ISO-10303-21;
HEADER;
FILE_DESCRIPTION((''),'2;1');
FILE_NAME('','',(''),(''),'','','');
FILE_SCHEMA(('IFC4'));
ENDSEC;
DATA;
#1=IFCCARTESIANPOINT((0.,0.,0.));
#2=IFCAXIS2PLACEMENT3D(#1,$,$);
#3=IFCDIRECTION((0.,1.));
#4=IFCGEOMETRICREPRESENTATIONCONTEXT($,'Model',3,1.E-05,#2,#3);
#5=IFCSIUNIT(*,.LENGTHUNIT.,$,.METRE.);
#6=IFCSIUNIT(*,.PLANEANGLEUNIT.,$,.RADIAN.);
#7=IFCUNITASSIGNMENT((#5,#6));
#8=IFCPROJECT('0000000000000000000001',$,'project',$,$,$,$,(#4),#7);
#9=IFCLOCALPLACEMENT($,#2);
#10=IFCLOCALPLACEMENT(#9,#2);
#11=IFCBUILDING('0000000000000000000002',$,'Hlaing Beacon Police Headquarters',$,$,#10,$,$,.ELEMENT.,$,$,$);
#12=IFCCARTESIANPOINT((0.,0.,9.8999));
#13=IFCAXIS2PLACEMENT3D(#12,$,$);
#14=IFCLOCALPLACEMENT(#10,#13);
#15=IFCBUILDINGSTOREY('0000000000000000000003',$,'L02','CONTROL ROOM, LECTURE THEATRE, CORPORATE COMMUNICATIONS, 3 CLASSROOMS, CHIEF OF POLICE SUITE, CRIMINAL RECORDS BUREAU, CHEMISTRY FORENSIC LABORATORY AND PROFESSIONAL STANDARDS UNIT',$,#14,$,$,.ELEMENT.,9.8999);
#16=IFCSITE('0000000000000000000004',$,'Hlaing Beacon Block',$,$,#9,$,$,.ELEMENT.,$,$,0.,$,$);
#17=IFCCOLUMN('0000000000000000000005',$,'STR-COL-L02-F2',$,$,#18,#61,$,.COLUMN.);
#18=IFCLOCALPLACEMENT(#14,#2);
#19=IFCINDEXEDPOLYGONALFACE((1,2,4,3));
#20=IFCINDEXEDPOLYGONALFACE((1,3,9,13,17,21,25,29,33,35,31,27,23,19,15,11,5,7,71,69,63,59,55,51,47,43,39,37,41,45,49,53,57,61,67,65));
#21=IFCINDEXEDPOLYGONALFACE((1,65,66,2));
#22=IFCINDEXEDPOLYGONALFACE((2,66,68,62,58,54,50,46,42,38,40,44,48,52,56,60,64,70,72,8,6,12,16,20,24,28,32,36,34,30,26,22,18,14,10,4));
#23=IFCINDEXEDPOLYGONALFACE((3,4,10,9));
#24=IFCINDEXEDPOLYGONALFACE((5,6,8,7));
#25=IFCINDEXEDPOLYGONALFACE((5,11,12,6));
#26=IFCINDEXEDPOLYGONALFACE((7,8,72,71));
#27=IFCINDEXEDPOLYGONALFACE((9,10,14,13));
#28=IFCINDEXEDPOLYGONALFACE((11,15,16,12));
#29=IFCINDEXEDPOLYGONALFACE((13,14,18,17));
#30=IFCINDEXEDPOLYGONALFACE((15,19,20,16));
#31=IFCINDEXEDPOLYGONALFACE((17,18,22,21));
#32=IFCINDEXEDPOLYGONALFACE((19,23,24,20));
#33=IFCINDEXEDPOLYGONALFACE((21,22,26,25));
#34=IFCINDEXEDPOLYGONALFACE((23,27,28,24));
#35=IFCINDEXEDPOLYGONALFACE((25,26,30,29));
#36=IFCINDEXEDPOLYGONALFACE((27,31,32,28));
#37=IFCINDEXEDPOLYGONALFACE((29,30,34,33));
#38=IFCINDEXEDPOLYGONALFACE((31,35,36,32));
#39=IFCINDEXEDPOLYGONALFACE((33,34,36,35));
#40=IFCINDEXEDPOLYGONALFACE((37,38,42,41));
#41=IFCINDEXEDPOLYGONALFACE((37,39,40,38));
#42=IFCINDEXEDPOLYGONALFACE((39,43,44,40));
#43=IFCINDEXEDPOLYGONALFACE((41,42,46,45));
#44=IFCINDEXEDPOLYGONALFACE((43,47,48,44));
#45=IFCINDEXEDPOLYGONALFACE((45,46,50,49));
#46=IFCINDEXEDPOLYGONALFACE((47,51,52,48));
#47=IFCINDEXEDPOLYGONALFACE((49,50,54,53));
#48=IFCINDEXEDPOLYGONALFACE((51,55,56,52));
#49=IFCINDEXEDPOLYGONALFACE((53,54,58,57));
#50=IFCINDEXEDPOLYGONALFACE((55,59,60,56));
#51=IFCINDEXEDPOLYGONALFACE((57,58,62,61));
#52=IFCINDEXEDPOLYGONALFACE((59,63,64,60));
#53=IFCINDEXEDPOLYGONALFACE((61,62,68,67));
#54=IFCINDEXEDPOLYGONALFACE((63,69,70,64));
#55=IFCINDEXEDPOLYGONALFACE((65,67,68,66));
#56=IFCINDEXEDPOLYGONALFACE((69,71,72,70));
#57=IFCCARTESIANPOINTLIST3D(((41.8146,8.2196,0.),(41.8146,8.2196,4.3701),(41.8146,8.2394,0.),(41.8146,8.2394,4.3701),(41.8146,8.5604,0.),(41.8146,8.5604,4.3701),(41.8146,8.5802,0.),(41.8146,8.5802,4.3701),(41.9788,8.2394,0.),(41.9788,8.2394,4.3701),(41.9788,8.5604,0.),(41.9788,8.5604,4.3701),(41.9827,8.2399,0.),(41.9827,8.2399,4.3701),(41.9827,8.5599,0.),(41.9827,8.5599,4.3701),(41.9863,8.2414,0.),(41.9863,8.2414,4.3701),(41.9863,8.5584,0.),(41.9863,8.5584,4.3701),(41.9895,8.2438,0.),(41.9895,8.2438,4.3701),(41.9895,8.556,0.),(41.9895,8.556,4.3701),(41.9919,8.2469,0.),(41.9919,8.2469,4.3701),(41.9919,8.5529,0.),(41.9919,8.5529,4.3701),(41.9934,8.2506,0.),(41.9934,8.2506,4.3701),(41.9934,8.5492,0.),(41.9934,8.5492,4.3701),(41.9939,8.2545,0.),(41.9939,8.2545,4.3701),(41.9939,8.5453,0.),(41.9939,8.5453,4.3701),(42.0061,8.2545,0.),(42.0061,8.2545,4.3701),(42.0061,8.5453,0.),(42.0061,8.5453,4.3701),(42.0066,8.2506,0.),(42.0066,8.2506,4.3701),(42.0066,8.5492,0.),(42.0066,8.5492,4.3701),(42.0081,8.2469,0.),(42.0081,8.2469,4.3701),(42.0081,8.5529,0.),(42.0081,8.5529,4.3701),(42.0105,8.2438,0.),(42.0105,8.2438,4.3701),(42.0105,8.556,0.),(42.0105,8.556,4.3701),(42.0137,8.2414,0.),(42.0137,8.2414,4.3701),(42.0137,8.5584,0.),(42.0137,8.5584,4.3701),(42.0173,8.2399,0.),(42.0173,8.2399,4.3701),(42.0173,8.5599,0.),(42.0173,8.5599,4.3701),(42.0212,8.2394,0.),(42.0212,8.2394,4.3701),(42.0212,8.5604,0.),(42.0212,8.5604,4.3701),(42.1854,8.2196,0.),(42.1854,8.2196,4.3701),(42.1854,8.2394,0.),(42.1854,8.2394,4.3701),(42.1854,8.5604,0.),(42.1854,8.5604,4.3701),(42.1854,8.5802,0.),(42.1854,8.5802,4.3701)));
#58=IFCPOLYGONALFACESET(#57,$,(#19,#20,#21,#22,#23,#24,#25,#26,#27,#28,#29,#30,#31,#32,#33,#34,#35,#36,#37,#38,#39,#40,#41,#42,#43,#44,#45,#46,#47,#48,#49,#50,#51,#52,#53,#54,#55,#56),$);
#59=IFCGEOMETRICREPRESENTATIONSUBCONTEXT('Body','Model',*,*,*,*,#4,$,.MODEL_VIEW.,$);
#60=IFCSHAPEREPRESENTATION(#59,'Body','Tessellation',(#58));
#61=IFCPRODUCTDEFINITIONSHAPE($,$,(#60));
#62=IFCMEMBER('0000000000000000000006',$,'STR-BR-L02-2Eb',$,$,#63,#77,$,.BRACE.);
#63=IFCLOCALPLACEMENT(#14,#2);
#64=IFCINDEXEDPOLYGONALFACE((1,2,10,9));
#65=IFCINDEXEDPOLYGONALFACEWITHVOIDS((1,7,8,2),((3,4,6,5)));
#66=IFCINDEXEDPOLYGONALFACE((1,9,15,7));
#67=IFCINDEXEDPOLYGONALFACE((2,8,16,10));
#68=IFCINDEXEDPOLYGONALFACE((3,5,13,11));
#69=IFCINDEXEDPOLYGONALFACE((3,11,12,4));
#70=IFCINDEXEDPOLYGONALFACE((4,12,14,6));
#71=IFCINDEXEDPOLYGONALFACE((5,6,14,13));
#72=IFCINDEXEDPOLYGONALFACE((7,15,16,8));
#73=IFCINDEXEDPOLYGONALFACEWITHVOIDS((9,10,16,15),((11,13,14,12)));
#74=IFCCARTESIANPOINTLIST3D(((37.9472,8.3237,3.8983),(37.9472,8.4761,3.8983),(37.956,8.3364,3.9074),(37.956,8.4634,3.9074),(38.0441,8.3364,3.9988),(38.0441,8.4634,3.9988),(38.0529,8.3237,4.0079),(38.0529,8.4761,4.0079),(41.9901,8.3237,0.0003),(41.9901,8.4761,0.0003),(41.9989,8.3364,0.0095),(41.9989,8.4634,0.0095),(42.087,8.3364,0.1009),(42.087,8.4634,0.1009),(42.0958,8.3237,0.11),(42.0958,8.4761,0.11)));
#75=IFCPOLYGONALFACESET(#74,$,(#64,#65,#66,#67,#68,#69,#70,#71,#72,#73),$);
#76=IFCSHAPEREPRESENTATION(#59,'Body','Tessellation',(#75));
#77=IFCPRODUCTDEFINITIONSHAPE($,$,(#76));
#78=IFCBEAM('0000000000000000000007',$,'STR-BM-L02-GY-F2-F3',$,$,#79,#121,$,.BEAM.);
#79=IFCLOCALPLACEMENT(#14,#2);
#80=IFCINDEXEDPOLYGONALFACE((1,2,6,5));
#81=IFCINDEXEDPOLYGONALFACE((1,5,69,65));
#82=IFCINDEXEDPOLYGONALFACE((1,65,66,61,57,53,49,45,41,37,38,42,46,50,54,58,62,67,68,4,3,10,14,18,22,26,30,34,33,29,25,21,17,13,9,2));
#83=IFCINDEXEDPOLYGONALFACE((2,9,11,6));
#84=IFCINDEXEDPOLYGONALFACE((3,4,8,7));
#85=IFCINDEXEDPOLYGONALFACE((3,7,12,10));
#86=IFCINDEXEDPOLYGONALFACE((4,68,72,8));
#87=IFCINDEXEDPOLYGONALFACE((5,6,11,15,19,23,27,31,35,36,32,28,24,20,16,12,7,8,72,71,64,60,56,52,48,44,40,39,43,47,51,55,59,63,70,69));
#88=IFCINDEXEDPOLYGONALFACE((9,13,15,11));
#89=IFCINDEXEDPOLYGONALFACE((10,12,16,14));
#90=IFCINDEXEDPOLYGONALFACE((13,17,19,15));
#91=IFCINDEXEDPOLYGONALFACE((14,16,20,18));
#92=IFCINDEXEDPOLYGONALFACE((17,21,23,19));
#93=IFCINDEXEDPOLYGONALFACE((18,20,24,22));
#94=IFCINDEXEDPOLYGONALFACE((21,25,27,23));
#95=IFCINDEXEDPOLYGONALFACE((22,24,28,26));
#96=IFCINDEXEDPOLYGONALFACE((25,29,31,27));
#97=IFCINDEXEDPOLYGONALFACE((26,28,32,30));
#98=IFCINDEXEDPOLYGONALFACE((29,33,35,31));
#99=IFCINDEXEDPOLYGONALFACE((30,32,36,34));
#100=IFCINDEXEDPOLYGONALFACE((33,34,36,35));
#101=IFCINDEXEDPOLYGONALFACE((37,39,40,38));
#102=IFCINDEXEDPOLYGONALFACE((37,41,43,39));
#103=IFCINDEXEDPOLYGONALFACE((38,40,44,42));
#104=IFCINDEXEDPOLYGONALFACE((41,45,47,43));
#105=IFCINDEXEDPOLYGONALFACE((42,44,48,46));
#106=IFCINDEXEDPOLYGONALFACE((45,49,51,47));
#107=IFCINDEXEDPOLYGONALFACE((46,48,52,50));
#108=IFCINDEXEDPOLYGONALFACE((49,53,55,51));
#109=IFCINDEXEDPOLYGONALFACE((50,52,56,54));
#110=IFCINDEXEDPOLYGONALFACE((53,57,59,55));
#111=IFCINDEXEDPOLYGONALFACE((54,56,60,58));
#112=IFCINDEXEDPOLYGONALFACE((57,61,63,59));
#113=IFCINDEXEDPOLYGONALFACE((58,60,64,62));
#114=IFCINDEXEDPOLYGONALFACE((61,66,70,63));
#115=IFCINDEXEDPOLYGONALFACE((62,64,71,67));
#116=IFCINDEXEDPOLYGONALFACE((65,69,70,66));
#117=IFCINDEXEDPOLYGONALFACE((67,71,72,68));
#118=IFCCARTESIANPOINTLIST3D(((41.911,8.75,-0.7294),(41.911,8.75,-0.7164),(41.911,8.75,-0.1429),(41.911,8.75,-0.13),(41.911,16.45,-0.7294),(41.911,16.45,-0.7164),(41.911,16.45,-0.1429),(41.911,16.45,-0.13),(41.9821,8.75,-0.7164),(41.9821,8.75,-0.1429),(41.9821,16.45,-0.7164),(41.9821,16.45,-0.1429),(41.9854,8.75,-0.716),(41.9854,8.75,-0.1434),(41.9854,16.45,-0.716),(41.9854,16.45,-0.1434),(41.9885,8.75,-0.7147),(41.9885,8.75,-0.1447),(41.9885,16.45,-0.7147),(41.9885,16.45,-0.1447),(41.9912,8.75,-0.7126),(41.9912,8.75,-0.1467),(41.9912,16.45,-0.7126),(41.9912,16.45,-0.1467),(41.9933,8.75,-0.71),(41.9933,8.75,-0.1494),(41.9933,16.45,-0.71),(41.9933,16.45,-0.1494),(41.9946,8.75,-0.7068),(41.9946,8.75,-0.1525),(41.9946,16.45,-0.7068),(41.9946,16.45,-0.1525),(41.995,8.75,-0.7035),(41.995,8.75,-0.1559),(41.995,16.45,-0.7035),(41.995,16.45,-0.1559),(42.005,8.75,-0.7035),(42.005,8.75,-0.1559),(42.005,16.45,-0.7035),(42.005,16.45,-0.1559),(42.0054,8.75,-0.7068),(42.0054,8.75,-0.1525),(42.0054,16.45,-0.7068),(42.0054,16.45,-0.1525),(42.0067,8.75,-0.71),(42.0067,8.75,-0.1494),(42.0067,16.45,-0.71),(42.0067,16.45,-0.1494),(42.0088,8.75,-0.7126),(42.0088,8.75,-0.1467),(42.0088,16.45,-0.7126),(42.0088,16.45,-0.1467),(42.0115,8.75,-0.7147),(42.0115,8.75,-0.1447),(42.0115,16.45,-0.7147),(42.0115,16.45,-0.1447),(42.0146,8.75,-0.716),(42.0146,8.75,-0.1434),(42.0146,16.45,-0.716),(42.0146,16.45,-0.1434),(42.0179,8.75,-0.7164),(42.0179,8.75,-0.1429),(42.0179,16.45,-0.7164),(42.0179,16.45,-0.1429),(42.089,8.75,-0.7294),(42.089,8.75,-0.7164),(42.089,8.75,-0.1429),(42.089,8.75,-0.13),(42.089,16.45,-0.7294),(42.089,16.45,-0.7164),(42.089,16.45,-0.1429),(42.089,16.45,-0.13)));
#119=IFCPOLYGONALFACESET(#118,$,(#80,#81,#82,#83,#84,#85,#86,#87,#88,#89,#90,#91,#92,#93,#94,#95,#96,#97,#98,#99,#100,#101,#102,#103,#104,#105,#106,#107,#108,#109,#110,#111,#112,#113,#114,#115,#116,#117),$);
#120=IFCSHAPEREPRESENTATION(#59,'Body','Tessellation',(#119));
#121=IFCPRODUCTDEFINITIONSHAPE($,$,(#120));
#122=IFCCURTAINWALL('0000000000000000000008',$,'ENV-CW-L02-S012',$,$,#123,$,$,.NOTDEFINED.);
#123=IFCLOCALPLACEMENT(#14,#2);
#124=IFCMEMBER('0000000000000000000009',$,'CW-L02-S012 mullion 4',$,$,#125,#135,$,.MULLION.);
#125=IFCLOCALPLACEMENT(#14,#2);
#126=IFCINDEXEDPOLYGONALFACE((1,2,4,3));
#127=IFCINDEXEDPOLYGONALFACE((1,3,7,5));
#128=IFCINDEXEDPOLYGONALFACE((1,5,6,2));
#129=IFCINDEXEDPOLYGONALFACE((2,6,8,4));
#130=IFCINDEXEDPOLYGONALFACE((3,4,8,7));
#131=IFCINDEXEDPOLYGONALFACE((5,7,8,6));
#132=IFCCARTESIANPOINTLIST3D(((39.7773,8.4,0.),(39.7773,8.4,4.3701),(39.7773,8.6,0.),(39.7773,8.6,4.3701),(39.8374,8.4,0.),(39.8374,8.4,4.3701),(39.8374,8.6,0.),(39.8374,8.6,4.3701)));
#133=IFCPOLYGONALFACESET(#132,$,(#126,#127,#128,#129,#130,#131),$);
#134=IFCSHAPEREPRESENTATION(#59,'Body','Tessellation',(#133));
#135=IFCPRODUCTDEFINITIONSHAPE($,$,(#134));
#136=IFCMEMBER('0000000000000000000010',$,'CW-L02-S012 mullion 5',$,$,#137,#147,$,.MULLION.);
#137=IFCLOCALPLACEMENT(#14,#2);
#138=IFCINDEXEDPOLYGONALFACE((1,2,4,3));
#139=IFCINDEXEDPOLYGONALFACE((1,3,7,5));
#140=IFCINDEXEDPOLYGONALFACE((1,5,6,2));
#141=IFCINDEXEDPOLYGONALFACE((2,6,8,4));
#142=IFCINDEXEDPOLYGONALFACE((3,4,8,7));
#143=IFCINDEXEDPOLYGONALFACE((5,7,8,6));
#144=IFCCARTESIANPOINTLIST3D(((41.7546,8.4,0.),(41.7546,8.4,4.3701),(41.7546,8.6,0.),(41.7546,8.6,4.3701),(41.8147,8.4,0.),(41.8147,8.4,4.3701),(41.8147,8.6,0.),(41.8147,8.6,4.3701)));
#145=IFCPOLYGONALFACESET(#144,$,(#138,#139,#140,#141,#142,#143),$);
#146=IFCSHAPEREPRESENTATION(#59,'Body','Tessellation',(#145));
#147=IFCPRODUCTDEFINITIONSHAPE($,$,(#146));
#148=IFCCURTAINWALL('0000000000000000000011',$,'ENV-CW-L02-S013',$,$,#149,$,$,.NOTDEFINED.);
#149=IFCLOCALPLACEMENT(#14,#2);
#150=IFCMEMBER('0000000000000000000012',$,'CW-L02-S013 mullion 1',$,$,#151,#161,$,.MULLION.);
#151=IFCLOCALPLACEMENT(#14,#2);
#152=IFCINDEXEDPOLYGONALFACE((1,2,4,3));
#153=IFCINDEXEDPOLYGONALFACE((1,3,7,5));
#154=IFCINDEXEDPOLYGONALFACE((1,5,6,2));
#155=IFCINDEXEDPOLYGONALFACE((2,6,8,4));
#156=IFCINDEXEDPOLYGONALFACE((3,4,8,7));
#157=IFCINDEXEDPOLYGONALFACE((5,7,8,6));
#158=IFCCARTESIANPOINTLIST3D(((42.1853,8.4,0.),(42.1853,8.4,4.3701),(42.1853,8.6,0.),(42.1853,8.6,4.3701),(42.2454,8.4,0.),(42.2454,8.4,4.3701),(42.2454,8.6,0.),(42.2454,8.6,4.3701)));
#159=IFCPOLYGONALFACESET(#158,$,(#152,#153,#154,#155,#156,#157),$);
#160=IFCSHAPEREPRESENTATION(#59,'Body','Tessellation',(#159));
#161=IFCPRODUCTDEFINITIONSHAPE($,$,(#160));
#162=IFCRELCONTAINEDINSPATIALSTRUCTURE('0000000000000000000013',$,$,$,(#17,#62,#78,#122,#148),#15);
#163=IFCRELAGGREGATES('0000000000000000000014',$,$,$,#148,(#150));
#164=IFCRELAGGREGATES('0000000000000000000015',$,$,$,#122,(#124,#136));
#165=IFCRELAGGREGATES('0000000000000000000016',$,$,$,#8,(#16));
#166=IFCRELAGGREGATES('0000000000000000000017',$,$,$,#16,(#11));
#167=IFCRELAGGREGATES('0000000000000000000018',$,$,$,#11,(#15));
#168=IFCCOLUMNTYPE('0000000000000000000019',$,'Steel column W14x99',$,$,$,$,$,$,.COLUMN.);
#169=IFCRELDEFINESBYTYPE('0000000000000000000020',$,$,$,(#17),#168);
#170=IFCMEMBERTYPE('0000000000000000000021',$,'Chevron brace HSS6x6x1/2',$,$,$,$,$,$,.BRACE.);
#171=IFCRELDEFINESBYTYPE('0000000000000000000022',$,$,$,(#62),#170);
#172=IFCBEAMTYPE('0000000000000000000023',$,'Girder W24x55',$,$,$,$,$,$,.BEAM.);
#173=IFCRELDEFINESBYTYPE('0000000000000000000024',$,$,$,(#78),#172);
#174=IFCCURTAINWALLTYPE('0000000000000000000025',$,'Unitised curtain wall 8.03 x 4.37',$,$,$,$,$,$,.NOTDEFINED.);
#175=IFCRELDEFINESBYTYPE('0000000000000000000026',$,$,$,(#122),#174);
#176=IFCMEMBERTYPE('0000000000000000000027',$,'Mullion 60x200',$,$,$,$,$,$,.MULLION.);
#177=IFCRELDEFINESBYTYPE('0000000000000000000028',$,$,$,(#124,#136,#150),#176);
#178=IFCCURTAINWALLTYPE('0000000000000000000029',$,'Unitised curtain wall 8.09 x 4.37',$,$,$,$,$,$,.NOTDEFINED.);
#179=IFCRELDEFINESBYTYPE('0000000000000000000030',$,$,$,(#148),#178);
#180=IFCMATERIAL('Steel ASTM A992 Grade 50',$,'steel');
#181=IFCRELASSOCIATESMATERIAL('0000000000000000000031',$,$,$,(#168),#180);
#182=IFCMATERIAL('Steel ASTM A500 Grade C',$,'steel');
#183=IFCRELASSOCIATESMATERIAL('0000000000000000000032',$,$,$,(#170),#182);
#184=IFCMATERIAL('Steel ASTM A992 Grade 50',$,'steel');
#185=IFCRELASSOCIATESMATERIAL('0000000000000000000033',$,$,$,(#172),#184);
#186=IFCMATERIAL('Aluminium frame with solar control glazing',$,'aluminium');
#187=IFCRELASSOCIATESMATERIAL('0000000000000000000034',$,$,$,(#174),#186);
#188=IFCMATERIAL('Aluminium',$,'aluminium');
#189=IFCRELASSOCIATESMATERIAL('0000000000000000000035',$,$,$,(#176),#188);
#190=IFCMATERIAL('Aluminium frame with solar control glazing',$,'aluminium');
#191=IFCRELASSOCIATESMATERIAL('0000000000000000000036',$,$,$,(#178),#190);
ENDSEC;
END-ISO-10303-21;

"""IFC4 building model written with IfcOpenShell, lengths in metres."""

from ifc_helpers import new_model, si_unit, direction, frame, origin, origin_2d, place, context, subcontext, project, spatial, rectangle, hollow_rectangle, i_section, extrude, material, material_profile, profile_set, type_object, element, aggregate, save


model = new_model("IFC4")

# Units and contexts
model_context = context("Model", 3, precision=1e-05, world=origin(), true_north=direction((0.0, 1.0)))
body_context = subcontext(model_context, "Body", "Model", "MODEL_VIEW")
ifc_project = project(units=[si_unit("LENGTHUNIT", "METRE"), si_unit("PLANEANGLEUNIT", "RADIAN")], contexts=[model_context])

# Site, building, storey
site_placement = place(None, origin())
site = spatial("IfcSite", under=ifc_project, at=site_placement, Name="Hlaing Beacon Block", CompositionType="ELEMENT", RefElevation=0.0)
building_placement = place(site_placement, origin())
building = spatial("IfcBuilding", under=site, at=building_placement, Name="Hlaing Beacon Police Headquarters", CompositionType="ELEMENT")
storey_placement = place(building_placement, frame((0.0, 0.0, 9.8999)))
storey = spatial("IfcBuildingStorey", under=building, at=storey_placement, Name="L02", Description="CONTROL ROOM, LECTURE THEATRE, CORPORATE COMMUNICATIONS, 3 CLASSROOMS, CHIEF OF POLICE SUITE, CRIMINAL RECORDS BUREAU, CHEMISTRY FORENSIC LABORATORY AND PROFESSIONAL STANDARDS UNIT", CompositionType="ELEMENT", Elevation=9.8999)

# Column
ifc_material_1 = material(Name="Steel ASTM A992 Grade 50", Category="steel")
ifc_material_profile_1 = material_profile(ifc_material_1, i_section(OverallWidth=0.3708, OverallDepth=0.3606, WebThickness=0.0122, FlangeThickness=0.0198, FilletRadius=0.0151, at=origin_2d()), Name="W14x99")
ifc_profile_set_1 = profile_set([ifc_material_profile_1], Name="Steel ASTM A992 Grade 50")
column_type = type_object("IfcColumnType", Name="Steel column W14x99", PredefinedType="COLUMN", material=ifc_profile_set_1)
column_placement = place(storey_placement, frame((42.0, 8.3999, 0.0), z_axis=(0.0, 0.0, 1.0), x_axis=(1.0, 0.0, 0.0)))
element("IfcColumn", 1, at=column_placement, inside=storey, type_object=column_type, Name="STR-COL-L02-F2", PredefinedType="COLUMN", context=body_context, shape_type="SweptSolid", body=[
    extrude(i_section(OverallWidth=0.3708, OverallDepth=0.3606, WebThickness=0.0122, FlangeThickness=0.0198, FilletRadius=0.0151, at=origin_2d()), origin(), (0.0, 0.0, 1.0), 4.3701),
])

# Member
ifc_material_2 = material(Name="Steel ASTM A500 Grade C", Category="steel")
ifc_material_profile_2 = material_profile(ifc_material_2, hollow_rectangle(XDim=0.1523, YDim=0.1523, WallThickness=0.0127, at=origin_2d()), Name="HSS6x6x1/2")
ifc_profile_set_2 = profile_set([ifc_material_profile_2], Name="Steel ASTM A500 Grade C")
member_type_1 = type_object("IfcMemberType", Name="Chevron brace HSS6x6x1/2", PredefinedType="BRACE", material=ifc_profile_set_2)
member_1_placement = place(storey_placement, frame((42.043, 8.3999, 0.0552), z_axis=(-0.7199, 0.0, 0.694078), x_axis=(0.0, -1.0, 0.0)))
element("IfcMember", 2, at=member_1_placement, inside=storey, type_object=member_type_1, Name="STR-BR-L02-2Eb", PredefinedType="BRACE", context=body_context, shape_type="SweptSolid", body=[
    extrude(hollow_rectangle(XDim=0.1523, YDim=0.1523, WallThickness=0.0127, at=origin_2d()), origin(), (0.0, 0.0, 1.0), 5.616),
])

# Beam
ifc_material_3 = material(Name="Steel ASTM A992 Grade 50", Category="steel")
ifc_material_profile_3 = material_profile(ifc_material_3, i_section(OverallWidth=0.178, OverallDepth=0.5994, WebThickness=0.01, FlangeThickness=0.0129, FilletRadius=0.0129, at=origin_2d()), Name="W24x55")
ifc_profile_set_3 = profile_set([ifc_material_profile_3], Name="Steel ASTM A992 Grade 50")
beam_type_1 = type_object("IfcBeamType", Name="Girder W24x55", PredefinedType="BEAM", material=ifc_profile_set_3)
beam_1_placement = place(storey_placement, frame((42.0, 8.75, -0.4297), z_axis=(0.0, 1.0, 0.0), x_axis=(-1.0, 0.0, 0.0)))
element("IfcBeam", 3, at=beam_1_placement, inside=storey, type_object=beam_type_1, Name="STR-BM-L02-GY-F2-F3", PredefinedType="BEAM", context=body_context, shape_type="SweptSolid", body=[
    extrude(i_section(OverallWidth=0.178, OverallDepth=0.5994, WebThickness=0.01, FlangeThickness=0.0129, FilletRadius=0.0129, at=origin_2d()), origin(), (0.0, 0.0, 1.0), 7.7),
])

# Curtain wall, members
ifc_material_4 = material(Name="Aluminium frame with solar control glazing", Category="aluminium")
curtain_wall_type_1 = type_object("IfcCurtainWallType", Name="Unitised curtain wall 8.03 x 4.37", PredefinedType="NOTDEFINED", material=ifc_material_4)
curtain_wall_1_placement = place(storey_placement, origin())
curtain_wall_1 = element("IfcCurtainWall", 4, at=curtain_wall_1_placement, inside=storey, type_object=curtain_wall_type_1, Name="ENV-CW-L02-S012", PredefinedType="NOTDEFINED")
ifc_material_5 = material(Name="Aluminium", Category="aluminium")
ifc_material_profile_4 = material_profile(ifc_material_5, rectangle(XDim=0.2, YDim=0.0601, at=origin_2d()), Name="Mullion 60x200")
ifc_profile_set_4 = profile_set([ifc_material_profile_4], Name="Aluminium")
member_type_2 = type_object("IfcMemberType", Name="Mullion 60x200", PredefinedType="MULLION", material=ifc_profile_set_4)
member_2_placement = place(storey_placement, frame((39.8074, 8.5, 0.0), z_axis=(0.0, 0.0, 1.0), x_axis=(0.0, 1.0, 0.0)))
member_2 = element("IfcMember", 5, at=member_2_placement, type_object=member_type_2, Name="CW-L02-S012 mullion 4", PredefinedType="MULLION", context=body_context, shape_type="SweptSolid", body=[
    extrude(rectangle(XDim=0.2, YDim=0.0601, at=origin_2d()), origin(), (0.0, 0.0, 1.0), 4.3701),
])
member_3_placement = place(storey_placement, frame((41.7847, 8.5, 0.0), z_axis=(0.0, 0.0, 1.0), x_axis=(0.0, 1.0, 0.0)))
member_3 = element("IfcMember", 6, at=member_3_placement, type_object=member_type_2, Name="CW-L02-S012 mullion 5", PredefinedType="MULLION", context=body_context, shape_type="SweptSolid", body=[
    extrude(rectangle(XDim=0.2, YDim=0.0601, at=origin_2d()), origin(), (0.0, 0.0, 1.0), 4.3701),
])

# Curtain wall, member
ifc_material_6 = material(Name="Aluminium frame with solar control glazing", Category="aluminium")
curtain_wall_type_2 = type_object("IfcCurtainWallType", Name="Unitised curtain wall 8.09 x 4.37", PredefinedType="NOTDEFINED", material=ifc_material_6)
curtain_wall_2_placement = place(storey_placement, origin())
curtain_wall_2 = element("IfcCurtainWall", 7, at=curtain_wall_2_placement, inside=storey, type_object=curtain_wall_type_2, Name="ENV-CW-L02-S013", PredefinedType="NOTDEFINED")
member_4_placement = place(storey_placement, frame((42.2153, 8.5, 0.0), z_axis=(0.0, 0.0, 1.0), x_axis=(0.0, 1.0, 0.0)))
member_4 = element("IfcMember", 8, at=member_4_placement, type_object=member_type_2, Name="CW-L02-S013 mullion 1", PredefinedType="MULLION", context=body_context, shape_type="SweptSolid", body=[
    extrude(rectangle(XDim=0.2, YDim=0.0601, at=origin_2d()), origin(), (0.0, 0.0, 1.0), 4.3701),
])

aggregate(curtain_wall_2, [member_4])

aggregate(curtain_wall_1, [member_2, member_3])

save(model, "model.ifc")
